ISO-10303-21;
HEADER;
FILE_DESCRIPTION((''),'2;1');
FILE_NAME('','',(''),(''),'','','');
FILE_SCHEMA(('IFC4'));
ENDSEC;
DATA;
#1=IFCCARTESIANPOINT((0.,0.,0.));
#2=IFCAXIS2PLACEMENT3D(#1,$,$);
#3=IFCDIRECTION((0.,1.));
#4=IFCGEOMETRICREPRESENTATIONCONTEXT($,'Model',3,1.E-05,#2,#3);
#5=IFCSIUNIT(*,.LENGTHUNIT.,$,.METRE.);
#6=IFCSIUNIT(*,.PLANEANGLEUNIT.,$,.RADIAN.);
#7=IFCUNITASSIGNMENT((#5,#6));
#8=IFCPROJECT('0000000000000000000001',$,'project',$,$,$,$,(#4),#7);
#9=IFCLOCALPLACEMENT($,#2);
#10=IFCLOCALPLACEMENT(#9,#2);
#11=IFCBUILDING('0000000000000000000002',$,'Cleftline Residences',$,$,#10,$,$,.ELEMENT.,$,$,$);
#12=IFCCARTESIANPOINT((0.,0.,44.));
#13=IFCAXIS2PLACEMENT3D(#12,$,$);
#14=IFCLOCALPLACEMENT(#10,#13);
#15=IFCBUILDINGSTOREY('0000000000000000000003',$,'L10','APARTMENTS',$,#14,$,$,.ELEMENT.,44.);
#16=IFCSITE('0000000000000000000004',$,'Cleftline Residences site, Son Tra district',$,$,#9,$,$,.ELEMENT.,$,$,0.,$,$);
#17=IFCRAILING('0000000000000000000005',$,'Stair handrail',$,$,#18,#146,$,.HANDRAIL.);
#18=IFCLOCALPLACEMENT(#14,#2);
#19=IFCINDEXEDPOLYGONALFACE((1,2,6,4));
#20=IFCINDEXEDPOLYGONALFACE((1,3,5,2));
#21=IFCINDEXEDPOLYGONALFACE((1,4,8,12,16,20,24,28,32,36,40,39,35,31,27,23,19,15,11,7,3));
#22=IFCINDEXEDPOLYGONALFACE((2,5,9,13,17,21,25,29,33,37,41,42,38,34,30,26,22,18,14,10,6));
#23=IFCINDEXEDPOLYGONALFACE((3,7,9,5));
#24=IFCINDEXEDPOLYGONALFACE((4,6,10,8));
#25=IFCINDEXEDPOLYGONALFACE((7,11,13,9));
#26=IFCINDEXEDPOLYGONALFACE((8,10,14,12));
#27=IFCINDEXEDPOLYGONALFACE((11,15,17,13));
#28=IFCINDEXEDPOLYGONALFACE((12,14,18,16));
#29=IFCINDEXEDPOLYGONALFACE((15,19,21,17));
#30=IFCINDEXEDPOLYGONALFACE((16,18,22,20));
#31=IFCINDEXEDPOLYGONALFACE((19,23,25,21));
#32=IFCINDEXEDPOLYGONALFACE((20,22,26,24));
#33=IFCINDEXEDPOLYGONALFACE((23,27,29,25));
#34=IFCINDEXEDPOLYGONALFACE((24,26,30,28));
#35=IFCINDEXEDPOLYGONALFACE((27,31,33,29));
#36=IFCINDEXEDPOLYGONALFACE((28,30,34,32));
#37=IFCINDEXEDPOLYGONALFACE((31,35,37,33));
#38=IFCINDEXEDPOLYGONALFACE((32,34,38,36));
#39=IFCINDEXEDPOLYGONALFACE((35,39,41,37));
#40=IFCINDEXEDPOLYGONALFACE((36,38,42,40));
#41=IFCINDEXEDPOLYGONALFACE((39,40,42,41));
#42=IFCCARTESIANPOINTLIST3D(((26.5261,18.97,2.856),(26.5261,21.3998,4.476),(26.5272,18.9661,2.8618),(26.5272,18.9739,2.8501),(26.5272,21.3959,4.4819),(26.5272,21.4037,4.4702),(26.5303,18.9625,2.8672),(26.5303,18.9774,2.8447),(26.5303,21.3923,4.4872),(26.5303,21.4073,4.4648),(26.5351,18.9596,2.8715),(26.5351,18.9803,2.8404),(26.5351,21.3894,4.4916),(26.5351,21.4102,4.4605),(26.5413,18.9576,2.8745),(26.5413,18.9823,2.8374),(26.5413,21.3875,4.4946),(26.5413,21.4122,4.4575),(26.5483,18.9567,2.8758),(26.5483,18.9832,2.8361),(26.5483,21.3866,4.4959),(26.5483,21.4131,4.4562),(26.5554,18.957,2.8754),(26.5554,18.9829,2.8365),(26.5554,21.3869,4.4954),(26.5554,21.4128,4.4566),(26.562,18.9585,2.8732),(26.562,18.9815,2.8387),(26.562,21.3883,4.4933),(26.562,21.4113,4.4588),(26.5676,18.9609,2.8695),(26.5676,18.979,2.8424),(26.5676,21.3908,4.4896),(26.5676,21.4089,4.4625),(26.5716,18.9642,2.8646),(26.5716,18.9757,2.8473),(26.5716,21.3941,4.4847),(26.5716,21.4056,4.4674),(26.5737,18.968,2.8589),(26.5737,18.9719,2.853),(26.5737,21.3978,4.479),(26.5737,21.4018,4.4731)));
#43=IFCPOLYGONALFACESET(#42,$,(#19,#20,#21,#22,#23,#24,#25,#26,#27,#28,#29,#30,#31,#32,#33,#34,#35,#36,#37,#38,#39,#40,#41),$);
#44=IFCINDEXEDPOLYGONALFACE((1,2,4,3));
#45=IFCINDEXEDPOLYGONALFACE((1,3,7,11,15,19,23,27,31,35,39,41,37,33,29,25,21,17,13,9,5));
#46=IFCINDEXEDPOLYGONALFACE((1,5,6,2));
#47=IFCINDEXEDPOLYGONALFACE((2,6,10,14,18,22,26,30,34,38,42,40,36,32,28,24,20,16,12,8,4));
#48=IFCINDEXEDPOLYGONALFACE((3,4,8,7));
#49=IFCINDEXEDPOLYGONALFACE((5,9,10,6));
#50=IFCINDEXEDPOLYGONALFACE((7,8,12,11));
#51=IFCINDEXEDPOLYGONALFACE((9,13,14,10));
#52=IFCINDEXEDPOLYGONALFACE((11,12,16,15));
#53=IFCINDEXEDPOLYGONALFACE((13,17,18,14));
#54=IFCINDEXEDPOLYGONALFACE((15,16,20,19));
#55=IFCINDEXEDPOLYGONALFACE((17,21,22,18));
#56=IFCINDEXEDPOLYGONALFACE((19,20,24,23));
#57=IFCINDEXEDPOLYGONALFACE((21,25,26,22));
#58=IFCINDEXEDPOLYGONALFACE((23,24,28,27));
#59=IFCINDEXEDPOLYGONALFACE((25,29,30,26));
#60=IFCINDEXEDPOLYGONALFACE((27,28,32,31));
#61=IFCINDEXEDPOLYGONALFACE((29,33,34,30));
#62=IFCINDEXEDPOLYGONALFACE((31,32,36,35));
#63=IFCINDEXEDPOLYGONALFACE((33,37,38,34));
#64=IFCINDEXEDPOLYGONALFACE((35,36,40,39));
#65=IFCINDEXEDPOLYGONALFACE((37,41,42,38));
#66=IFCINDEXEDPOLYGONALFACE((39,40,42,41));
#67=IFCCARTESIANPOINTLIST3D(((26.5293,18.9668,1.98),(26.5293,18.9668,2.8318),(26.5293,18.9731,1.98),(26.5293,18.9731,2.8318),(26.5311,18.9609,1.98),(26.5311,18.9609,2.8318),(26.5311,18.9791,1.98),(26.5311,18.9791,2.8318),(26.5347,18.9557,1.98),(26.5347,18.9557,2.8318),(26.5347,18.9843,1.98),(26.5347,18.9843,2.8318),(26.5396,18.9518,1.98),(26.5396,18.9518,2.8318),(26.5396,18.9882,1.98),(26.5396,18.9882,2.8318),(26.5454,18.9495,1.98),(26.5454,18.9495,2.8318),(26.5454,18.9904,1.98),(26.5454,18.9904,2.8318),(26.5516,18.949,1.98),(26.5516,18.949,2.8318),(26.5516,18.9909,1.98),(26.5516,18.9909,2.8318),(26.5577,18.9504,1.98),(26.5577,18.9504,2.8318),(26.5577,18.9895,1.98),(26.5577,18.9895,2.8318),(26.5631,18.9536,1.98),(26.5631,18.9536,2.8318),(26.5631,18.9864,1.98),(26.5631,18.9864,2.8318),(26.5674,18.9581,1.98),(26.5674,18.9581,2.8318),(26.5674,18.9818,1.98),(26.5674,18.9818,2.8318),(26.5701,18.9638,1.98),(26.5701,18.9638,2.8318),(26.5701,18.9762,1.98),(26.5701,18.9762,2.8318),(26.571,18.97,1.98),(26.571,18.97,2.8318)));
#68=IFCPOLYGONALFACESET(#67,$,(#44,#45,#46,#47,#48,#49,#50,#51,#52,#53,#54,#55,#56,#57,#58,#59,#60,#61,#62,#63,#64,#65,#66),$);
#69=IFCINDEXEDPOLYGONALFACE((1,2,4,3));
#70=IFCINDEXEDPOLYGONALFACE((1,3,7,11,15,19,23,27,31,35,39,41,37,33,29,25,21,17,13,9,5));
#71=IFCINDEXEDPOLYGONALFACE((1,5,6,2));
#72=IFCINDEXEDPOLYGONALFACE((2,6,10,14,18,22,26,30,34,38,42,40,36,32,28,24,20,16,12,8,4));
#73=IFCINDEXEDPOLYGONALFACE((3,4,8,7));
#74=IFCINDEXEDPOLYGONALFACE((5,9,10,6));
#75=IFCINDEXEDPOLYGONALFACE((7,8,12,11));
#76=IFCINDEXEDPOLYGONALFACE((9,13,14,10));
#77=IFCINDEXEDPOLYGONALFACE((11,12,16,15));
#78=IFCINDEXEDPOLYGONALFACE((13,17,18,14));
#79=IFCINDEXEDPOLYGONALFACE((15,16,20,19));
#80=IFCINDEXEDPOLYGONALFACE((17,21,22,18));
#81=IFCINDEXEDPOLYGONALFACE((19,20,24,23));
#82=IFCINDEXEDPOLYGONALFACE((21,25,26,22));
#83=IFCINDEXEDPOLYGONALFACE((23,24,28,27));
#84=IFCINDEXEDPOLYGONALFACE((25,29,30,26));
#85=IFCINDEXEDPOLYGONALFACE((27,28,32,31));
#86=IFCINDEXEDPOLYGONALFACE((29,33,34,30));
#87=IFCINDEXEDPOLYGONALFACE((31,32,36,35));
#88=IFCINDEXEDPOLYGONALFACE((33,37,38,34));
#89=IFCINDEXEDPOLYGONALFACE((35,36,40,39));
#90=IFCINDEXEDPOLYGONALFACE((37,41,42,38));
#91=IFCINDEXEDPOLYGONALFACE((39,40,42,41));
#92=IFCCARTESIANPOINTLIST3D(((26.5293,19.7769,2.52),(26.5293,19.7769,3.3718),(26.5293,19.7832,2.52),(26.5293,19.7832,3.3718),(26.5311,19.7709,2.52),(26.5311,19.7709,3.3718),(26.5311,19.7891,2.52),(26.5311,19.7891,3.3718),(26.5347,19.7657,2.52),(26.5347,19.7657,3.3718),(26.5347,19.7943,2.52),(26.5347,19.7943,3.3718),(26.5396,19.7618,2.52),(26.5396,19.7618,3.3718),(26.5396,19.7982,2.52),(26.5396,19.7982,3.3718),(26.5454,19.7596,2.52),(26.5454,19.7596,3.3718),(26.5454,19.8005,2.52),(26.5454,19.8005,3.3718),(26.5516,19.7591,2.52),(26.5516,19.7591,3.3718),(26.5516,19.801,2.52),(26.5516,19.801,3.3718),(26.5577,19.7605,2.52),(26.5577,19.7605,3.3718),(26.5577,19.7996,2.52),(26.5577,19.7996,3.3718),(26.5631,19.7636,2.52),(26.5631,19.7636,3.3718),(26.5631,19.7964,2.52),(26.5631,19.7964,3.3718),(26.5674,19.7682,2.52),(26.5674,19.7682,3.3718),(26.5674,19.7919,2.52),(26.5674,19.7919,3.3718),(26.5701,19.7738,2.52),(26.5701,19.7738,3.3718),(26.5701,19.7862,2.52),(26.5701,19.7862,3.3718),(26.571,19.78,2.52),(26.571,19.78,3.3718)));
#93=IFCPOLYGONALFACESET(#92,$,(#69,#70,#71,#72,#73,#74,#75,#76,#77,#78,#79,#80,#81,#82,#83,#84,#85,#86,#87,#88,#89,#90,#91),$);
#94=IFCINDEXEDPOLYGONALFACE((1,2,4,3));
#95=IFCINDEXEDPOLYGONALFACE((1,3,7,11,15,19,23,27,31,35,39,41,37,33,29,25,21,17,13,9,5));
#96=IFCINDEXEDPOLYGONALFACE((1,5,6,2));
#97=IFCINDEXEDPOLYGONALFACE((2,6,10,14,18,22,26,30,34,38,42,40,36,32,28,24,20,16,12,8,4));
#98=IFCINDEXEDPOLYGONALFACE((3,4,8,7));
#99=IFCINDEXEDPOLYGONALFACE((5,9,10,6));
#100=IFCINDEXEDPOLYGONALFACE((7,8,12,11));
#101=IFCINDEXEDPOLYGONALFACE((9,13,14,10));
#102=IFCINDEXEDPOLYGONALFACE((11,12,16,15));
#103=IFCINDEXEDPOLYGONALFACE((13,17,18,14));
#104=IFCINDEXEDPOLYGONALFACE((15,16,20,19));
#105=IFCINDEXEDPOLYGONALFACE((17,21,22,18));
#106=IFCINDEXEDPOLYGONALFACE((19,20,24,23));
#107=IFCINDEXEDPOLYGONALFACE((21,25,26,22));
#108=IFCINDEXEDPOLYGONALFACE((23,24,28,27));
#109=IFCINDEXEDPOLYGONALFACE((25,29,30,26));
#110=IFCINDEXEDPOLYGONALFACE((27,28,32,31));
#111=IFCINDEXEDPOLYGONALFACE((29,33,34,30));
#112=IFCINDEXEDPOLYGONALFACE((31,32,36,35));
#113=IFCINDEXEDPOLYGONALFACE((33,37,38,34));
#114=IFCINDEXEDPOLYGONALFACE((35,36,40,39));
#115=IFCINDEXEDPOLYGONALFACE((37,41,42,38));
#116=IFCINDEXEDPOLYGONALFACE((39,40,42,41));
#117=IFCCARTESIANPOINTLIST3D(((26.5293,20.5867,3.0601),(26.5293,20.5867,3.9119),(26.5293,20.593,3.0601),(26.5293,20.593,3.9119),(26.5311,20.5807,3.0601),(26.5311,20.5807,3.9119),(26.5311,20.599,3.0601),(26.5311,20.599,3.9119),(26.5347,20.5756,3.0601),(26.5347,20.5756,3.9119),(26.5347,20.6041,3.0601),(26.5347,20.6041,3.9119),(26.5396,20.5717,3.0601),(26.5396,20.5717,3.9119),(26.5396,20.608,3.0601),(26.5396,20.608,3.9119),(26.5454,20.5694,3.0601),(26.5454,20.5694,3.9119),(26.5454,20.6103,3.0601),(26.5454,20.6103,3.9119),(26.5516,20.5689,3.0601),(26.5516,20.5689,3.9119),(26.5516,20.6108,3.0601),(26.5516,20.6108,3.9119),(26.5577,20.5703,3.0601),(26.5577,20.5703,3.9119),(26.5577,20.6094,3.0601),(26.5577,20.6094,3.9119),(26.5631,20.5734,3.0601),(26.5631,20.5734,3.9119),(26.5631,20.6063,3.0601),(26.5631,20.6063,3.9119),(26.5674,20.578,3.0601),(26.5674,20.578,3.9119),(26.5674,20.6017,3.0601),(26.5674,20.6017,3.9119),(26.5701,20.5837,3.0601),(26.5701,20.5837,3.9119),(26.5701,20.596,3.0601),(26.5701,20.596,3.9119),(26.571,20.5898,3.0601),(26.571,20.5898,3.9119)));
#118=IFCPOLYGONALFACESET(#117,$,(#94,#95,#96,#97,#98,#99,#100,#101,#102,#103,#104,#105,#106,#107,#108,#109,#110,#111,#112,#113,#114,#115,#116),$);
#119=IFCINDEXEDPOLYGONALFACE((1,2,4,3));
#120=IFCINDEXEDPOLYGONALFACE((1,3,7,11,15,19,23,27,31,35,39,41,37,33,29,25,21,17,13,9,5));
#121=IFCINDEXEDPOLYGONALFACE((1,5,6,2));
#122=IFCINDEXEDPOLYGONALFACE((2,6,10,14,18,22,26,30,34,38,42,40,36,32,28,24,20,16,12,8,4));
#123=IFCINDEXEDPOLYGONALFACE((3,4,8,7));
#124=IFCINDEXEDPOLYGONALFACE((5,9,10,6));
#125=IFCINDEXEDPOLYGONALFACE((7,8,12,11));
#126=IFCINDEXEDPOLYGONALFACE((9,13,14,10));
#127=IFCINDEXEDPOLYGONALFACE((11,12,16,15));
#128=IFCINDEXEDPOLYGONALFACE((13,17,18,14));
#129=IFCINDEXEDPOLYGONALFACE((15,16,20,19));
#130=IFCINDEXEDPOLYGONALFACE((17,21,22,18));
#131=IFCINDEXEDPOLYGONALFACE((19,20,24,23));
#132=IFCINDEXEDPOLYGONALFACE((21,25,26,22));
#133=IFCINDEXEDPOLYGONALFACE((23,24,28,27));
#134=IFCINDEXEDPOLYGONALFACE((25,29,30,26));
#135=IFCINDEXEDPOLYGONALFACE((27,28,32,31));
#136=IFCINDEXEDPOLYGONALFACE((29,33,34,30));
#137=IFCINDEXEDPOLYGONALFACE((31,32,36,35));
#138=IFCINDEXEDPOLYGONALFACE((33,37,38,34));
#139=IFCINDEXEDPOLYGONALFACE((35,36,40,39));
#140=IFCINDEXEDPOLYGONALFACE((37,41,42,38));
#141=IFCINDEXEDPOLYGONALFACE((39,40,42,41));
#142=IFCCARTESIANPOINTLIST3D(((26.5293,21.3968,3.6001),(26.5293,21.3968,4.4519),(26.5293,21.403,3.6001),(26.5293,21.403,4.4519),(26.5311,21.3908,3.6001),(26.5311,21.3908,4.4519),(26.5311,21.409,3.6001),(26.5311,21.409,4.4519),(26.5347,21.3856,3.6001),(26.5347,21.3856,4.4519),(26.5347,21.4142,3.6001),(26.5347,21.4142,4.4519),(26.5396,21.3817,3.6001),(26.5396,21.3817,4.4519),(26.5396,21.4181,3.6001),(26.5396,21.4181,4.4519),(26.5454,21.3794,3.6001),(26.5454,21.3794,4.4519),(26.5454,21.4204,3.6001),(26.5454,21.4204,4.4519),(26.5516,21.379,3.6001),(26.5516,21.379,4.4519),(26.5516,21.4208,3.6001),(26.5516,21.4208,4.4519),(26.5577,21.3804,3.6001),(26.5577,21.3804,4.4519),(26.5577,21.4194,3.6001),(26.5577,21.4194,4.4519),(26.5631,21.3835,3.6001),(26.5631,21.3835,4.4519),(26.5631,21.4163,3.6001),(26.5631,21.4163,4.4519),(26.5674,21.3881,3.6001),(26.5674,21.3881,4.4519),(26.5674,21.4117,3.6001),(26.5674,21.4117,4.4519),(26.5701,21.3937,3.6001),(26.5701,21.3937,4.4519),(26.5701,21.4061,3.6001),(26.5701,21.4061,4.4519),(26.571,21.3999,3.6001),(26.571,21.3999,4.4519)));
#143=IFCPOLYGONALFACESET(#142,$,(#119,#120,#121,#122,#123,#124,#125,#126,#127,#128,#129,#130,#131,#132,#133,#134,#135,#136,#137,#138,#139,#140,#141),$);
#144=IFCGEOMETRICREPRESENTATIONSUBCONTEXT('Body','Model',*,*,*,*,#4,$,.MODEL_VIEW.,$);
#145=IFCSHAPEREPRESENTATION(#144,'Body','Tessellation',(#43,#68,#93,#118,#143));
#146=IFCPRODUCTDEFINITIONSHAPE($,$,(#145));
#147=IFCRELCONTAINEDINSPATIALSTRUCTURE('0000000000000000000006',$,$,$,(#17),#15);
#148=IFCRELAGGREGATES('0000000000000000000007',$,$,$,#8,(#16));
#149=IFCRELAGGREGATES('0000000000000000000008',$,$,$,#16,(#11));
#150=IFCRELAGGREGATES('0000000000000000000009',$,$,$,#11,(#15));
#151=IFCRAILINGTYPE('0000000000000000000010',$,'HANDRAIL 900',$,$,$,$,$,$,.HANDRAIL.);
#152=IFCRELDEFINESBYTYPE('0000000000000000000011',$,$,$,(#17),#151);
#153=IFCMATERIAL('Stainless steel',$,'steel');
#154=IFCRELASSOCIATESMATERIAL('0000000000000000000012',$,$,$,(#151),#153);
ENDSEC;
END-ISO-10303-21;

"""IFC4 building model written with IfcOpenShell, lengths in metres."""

from ifc_helpers import new_model, si_unit, direction, frame, origin, origin_2d, place, context, subcontext, project, spatial, circle, extrude, material, type_object, element, save


model = new_model("IFC4")

# Units and contexts
model_context = context("Model", 3, precision=1e-05, world=origin(), true_north=direction((0.0, 1.0)))
body_context = subcontext(model_context, "Body", "Model", "MODEL_VIEW")
ifc_project = project(units=[si_unit("LENGTHUNIT", "METRE"), si_unit("PLANEANGLEUNIT", "RADIAN")], contexts=[model_context])

# Site, building, storey
site_placement = place(None, origin())
site = spatial("IfcSite", under=ifc_project, at=site_placement, Name="Cleftline Residences site, Son Tra district", CompositionType="ELEMENT", RefElevation=0.0)
building_placement = place(site_placement, origin())
building = spatial("IfcBuilding", under=site, at=building_placement, Name="Cleftline Residences", CompositionType="ELEMENT")
storey_placement = place(building_placement, frame((0.0, 0.0, 44.0)))
storey = spatial("IfcBuildingStorey", under=building, at=storey_placement, Name="L10", Description="APARTMENTS", CompositionType="ELEMENT", Elevation=44.0)

# Railing
ifc_material_1 = material(Name="Stainless steel", Category="steel")
railing_type = type_object("IfcRailingType", Name="HANDRAIL 900", PredefinedType="HANDRAIL", material=ifc_material_1)
railing_1_placement = place(storey_placement, frame((26.55, 18.97, 1.98)))
element("IfcRailing", 1, at=railing_1_placement, inside=storey, type_object=railing_type, Name="Stair handrail", PredefinedType="HANDRAIL", context=body_context, shape_type="SweptSolid", body=[
    extrude(circle(Radius=0.0239, at=origin_2d()), frame((0.0, 0.0, 0.876), z_axis=(0.0, 0.832025, 0.554739), x_axis=(-1.0, 0.0, 0.0)), (0.0, 0.0, 1.0), 2.9204),
    extrude(circle(Radius=0.021, at=origin_2d()), origin(), (0.0, 0.0, 1.0), 0.8518),
    extrude(circle(Radius=0.021, at=origin_2d()), frame((0.0, 0.8101, 0.54)), (0.0, 0.0, 1.0), 0.8518),
    extrude(circle(Radius=0.021, at=origin_2d()), frame((0.0, 1.6199, 1.0801)), (0.0, 0.0, 1.0), 0.8518),
    extrude(circle(Radius=0.021, at=origin_2d()), frame((0.0, 2.4299, 1.6201)), (0.0, 0.0, 1.0), 0.8518),
])

save(model, "model.ifc")
